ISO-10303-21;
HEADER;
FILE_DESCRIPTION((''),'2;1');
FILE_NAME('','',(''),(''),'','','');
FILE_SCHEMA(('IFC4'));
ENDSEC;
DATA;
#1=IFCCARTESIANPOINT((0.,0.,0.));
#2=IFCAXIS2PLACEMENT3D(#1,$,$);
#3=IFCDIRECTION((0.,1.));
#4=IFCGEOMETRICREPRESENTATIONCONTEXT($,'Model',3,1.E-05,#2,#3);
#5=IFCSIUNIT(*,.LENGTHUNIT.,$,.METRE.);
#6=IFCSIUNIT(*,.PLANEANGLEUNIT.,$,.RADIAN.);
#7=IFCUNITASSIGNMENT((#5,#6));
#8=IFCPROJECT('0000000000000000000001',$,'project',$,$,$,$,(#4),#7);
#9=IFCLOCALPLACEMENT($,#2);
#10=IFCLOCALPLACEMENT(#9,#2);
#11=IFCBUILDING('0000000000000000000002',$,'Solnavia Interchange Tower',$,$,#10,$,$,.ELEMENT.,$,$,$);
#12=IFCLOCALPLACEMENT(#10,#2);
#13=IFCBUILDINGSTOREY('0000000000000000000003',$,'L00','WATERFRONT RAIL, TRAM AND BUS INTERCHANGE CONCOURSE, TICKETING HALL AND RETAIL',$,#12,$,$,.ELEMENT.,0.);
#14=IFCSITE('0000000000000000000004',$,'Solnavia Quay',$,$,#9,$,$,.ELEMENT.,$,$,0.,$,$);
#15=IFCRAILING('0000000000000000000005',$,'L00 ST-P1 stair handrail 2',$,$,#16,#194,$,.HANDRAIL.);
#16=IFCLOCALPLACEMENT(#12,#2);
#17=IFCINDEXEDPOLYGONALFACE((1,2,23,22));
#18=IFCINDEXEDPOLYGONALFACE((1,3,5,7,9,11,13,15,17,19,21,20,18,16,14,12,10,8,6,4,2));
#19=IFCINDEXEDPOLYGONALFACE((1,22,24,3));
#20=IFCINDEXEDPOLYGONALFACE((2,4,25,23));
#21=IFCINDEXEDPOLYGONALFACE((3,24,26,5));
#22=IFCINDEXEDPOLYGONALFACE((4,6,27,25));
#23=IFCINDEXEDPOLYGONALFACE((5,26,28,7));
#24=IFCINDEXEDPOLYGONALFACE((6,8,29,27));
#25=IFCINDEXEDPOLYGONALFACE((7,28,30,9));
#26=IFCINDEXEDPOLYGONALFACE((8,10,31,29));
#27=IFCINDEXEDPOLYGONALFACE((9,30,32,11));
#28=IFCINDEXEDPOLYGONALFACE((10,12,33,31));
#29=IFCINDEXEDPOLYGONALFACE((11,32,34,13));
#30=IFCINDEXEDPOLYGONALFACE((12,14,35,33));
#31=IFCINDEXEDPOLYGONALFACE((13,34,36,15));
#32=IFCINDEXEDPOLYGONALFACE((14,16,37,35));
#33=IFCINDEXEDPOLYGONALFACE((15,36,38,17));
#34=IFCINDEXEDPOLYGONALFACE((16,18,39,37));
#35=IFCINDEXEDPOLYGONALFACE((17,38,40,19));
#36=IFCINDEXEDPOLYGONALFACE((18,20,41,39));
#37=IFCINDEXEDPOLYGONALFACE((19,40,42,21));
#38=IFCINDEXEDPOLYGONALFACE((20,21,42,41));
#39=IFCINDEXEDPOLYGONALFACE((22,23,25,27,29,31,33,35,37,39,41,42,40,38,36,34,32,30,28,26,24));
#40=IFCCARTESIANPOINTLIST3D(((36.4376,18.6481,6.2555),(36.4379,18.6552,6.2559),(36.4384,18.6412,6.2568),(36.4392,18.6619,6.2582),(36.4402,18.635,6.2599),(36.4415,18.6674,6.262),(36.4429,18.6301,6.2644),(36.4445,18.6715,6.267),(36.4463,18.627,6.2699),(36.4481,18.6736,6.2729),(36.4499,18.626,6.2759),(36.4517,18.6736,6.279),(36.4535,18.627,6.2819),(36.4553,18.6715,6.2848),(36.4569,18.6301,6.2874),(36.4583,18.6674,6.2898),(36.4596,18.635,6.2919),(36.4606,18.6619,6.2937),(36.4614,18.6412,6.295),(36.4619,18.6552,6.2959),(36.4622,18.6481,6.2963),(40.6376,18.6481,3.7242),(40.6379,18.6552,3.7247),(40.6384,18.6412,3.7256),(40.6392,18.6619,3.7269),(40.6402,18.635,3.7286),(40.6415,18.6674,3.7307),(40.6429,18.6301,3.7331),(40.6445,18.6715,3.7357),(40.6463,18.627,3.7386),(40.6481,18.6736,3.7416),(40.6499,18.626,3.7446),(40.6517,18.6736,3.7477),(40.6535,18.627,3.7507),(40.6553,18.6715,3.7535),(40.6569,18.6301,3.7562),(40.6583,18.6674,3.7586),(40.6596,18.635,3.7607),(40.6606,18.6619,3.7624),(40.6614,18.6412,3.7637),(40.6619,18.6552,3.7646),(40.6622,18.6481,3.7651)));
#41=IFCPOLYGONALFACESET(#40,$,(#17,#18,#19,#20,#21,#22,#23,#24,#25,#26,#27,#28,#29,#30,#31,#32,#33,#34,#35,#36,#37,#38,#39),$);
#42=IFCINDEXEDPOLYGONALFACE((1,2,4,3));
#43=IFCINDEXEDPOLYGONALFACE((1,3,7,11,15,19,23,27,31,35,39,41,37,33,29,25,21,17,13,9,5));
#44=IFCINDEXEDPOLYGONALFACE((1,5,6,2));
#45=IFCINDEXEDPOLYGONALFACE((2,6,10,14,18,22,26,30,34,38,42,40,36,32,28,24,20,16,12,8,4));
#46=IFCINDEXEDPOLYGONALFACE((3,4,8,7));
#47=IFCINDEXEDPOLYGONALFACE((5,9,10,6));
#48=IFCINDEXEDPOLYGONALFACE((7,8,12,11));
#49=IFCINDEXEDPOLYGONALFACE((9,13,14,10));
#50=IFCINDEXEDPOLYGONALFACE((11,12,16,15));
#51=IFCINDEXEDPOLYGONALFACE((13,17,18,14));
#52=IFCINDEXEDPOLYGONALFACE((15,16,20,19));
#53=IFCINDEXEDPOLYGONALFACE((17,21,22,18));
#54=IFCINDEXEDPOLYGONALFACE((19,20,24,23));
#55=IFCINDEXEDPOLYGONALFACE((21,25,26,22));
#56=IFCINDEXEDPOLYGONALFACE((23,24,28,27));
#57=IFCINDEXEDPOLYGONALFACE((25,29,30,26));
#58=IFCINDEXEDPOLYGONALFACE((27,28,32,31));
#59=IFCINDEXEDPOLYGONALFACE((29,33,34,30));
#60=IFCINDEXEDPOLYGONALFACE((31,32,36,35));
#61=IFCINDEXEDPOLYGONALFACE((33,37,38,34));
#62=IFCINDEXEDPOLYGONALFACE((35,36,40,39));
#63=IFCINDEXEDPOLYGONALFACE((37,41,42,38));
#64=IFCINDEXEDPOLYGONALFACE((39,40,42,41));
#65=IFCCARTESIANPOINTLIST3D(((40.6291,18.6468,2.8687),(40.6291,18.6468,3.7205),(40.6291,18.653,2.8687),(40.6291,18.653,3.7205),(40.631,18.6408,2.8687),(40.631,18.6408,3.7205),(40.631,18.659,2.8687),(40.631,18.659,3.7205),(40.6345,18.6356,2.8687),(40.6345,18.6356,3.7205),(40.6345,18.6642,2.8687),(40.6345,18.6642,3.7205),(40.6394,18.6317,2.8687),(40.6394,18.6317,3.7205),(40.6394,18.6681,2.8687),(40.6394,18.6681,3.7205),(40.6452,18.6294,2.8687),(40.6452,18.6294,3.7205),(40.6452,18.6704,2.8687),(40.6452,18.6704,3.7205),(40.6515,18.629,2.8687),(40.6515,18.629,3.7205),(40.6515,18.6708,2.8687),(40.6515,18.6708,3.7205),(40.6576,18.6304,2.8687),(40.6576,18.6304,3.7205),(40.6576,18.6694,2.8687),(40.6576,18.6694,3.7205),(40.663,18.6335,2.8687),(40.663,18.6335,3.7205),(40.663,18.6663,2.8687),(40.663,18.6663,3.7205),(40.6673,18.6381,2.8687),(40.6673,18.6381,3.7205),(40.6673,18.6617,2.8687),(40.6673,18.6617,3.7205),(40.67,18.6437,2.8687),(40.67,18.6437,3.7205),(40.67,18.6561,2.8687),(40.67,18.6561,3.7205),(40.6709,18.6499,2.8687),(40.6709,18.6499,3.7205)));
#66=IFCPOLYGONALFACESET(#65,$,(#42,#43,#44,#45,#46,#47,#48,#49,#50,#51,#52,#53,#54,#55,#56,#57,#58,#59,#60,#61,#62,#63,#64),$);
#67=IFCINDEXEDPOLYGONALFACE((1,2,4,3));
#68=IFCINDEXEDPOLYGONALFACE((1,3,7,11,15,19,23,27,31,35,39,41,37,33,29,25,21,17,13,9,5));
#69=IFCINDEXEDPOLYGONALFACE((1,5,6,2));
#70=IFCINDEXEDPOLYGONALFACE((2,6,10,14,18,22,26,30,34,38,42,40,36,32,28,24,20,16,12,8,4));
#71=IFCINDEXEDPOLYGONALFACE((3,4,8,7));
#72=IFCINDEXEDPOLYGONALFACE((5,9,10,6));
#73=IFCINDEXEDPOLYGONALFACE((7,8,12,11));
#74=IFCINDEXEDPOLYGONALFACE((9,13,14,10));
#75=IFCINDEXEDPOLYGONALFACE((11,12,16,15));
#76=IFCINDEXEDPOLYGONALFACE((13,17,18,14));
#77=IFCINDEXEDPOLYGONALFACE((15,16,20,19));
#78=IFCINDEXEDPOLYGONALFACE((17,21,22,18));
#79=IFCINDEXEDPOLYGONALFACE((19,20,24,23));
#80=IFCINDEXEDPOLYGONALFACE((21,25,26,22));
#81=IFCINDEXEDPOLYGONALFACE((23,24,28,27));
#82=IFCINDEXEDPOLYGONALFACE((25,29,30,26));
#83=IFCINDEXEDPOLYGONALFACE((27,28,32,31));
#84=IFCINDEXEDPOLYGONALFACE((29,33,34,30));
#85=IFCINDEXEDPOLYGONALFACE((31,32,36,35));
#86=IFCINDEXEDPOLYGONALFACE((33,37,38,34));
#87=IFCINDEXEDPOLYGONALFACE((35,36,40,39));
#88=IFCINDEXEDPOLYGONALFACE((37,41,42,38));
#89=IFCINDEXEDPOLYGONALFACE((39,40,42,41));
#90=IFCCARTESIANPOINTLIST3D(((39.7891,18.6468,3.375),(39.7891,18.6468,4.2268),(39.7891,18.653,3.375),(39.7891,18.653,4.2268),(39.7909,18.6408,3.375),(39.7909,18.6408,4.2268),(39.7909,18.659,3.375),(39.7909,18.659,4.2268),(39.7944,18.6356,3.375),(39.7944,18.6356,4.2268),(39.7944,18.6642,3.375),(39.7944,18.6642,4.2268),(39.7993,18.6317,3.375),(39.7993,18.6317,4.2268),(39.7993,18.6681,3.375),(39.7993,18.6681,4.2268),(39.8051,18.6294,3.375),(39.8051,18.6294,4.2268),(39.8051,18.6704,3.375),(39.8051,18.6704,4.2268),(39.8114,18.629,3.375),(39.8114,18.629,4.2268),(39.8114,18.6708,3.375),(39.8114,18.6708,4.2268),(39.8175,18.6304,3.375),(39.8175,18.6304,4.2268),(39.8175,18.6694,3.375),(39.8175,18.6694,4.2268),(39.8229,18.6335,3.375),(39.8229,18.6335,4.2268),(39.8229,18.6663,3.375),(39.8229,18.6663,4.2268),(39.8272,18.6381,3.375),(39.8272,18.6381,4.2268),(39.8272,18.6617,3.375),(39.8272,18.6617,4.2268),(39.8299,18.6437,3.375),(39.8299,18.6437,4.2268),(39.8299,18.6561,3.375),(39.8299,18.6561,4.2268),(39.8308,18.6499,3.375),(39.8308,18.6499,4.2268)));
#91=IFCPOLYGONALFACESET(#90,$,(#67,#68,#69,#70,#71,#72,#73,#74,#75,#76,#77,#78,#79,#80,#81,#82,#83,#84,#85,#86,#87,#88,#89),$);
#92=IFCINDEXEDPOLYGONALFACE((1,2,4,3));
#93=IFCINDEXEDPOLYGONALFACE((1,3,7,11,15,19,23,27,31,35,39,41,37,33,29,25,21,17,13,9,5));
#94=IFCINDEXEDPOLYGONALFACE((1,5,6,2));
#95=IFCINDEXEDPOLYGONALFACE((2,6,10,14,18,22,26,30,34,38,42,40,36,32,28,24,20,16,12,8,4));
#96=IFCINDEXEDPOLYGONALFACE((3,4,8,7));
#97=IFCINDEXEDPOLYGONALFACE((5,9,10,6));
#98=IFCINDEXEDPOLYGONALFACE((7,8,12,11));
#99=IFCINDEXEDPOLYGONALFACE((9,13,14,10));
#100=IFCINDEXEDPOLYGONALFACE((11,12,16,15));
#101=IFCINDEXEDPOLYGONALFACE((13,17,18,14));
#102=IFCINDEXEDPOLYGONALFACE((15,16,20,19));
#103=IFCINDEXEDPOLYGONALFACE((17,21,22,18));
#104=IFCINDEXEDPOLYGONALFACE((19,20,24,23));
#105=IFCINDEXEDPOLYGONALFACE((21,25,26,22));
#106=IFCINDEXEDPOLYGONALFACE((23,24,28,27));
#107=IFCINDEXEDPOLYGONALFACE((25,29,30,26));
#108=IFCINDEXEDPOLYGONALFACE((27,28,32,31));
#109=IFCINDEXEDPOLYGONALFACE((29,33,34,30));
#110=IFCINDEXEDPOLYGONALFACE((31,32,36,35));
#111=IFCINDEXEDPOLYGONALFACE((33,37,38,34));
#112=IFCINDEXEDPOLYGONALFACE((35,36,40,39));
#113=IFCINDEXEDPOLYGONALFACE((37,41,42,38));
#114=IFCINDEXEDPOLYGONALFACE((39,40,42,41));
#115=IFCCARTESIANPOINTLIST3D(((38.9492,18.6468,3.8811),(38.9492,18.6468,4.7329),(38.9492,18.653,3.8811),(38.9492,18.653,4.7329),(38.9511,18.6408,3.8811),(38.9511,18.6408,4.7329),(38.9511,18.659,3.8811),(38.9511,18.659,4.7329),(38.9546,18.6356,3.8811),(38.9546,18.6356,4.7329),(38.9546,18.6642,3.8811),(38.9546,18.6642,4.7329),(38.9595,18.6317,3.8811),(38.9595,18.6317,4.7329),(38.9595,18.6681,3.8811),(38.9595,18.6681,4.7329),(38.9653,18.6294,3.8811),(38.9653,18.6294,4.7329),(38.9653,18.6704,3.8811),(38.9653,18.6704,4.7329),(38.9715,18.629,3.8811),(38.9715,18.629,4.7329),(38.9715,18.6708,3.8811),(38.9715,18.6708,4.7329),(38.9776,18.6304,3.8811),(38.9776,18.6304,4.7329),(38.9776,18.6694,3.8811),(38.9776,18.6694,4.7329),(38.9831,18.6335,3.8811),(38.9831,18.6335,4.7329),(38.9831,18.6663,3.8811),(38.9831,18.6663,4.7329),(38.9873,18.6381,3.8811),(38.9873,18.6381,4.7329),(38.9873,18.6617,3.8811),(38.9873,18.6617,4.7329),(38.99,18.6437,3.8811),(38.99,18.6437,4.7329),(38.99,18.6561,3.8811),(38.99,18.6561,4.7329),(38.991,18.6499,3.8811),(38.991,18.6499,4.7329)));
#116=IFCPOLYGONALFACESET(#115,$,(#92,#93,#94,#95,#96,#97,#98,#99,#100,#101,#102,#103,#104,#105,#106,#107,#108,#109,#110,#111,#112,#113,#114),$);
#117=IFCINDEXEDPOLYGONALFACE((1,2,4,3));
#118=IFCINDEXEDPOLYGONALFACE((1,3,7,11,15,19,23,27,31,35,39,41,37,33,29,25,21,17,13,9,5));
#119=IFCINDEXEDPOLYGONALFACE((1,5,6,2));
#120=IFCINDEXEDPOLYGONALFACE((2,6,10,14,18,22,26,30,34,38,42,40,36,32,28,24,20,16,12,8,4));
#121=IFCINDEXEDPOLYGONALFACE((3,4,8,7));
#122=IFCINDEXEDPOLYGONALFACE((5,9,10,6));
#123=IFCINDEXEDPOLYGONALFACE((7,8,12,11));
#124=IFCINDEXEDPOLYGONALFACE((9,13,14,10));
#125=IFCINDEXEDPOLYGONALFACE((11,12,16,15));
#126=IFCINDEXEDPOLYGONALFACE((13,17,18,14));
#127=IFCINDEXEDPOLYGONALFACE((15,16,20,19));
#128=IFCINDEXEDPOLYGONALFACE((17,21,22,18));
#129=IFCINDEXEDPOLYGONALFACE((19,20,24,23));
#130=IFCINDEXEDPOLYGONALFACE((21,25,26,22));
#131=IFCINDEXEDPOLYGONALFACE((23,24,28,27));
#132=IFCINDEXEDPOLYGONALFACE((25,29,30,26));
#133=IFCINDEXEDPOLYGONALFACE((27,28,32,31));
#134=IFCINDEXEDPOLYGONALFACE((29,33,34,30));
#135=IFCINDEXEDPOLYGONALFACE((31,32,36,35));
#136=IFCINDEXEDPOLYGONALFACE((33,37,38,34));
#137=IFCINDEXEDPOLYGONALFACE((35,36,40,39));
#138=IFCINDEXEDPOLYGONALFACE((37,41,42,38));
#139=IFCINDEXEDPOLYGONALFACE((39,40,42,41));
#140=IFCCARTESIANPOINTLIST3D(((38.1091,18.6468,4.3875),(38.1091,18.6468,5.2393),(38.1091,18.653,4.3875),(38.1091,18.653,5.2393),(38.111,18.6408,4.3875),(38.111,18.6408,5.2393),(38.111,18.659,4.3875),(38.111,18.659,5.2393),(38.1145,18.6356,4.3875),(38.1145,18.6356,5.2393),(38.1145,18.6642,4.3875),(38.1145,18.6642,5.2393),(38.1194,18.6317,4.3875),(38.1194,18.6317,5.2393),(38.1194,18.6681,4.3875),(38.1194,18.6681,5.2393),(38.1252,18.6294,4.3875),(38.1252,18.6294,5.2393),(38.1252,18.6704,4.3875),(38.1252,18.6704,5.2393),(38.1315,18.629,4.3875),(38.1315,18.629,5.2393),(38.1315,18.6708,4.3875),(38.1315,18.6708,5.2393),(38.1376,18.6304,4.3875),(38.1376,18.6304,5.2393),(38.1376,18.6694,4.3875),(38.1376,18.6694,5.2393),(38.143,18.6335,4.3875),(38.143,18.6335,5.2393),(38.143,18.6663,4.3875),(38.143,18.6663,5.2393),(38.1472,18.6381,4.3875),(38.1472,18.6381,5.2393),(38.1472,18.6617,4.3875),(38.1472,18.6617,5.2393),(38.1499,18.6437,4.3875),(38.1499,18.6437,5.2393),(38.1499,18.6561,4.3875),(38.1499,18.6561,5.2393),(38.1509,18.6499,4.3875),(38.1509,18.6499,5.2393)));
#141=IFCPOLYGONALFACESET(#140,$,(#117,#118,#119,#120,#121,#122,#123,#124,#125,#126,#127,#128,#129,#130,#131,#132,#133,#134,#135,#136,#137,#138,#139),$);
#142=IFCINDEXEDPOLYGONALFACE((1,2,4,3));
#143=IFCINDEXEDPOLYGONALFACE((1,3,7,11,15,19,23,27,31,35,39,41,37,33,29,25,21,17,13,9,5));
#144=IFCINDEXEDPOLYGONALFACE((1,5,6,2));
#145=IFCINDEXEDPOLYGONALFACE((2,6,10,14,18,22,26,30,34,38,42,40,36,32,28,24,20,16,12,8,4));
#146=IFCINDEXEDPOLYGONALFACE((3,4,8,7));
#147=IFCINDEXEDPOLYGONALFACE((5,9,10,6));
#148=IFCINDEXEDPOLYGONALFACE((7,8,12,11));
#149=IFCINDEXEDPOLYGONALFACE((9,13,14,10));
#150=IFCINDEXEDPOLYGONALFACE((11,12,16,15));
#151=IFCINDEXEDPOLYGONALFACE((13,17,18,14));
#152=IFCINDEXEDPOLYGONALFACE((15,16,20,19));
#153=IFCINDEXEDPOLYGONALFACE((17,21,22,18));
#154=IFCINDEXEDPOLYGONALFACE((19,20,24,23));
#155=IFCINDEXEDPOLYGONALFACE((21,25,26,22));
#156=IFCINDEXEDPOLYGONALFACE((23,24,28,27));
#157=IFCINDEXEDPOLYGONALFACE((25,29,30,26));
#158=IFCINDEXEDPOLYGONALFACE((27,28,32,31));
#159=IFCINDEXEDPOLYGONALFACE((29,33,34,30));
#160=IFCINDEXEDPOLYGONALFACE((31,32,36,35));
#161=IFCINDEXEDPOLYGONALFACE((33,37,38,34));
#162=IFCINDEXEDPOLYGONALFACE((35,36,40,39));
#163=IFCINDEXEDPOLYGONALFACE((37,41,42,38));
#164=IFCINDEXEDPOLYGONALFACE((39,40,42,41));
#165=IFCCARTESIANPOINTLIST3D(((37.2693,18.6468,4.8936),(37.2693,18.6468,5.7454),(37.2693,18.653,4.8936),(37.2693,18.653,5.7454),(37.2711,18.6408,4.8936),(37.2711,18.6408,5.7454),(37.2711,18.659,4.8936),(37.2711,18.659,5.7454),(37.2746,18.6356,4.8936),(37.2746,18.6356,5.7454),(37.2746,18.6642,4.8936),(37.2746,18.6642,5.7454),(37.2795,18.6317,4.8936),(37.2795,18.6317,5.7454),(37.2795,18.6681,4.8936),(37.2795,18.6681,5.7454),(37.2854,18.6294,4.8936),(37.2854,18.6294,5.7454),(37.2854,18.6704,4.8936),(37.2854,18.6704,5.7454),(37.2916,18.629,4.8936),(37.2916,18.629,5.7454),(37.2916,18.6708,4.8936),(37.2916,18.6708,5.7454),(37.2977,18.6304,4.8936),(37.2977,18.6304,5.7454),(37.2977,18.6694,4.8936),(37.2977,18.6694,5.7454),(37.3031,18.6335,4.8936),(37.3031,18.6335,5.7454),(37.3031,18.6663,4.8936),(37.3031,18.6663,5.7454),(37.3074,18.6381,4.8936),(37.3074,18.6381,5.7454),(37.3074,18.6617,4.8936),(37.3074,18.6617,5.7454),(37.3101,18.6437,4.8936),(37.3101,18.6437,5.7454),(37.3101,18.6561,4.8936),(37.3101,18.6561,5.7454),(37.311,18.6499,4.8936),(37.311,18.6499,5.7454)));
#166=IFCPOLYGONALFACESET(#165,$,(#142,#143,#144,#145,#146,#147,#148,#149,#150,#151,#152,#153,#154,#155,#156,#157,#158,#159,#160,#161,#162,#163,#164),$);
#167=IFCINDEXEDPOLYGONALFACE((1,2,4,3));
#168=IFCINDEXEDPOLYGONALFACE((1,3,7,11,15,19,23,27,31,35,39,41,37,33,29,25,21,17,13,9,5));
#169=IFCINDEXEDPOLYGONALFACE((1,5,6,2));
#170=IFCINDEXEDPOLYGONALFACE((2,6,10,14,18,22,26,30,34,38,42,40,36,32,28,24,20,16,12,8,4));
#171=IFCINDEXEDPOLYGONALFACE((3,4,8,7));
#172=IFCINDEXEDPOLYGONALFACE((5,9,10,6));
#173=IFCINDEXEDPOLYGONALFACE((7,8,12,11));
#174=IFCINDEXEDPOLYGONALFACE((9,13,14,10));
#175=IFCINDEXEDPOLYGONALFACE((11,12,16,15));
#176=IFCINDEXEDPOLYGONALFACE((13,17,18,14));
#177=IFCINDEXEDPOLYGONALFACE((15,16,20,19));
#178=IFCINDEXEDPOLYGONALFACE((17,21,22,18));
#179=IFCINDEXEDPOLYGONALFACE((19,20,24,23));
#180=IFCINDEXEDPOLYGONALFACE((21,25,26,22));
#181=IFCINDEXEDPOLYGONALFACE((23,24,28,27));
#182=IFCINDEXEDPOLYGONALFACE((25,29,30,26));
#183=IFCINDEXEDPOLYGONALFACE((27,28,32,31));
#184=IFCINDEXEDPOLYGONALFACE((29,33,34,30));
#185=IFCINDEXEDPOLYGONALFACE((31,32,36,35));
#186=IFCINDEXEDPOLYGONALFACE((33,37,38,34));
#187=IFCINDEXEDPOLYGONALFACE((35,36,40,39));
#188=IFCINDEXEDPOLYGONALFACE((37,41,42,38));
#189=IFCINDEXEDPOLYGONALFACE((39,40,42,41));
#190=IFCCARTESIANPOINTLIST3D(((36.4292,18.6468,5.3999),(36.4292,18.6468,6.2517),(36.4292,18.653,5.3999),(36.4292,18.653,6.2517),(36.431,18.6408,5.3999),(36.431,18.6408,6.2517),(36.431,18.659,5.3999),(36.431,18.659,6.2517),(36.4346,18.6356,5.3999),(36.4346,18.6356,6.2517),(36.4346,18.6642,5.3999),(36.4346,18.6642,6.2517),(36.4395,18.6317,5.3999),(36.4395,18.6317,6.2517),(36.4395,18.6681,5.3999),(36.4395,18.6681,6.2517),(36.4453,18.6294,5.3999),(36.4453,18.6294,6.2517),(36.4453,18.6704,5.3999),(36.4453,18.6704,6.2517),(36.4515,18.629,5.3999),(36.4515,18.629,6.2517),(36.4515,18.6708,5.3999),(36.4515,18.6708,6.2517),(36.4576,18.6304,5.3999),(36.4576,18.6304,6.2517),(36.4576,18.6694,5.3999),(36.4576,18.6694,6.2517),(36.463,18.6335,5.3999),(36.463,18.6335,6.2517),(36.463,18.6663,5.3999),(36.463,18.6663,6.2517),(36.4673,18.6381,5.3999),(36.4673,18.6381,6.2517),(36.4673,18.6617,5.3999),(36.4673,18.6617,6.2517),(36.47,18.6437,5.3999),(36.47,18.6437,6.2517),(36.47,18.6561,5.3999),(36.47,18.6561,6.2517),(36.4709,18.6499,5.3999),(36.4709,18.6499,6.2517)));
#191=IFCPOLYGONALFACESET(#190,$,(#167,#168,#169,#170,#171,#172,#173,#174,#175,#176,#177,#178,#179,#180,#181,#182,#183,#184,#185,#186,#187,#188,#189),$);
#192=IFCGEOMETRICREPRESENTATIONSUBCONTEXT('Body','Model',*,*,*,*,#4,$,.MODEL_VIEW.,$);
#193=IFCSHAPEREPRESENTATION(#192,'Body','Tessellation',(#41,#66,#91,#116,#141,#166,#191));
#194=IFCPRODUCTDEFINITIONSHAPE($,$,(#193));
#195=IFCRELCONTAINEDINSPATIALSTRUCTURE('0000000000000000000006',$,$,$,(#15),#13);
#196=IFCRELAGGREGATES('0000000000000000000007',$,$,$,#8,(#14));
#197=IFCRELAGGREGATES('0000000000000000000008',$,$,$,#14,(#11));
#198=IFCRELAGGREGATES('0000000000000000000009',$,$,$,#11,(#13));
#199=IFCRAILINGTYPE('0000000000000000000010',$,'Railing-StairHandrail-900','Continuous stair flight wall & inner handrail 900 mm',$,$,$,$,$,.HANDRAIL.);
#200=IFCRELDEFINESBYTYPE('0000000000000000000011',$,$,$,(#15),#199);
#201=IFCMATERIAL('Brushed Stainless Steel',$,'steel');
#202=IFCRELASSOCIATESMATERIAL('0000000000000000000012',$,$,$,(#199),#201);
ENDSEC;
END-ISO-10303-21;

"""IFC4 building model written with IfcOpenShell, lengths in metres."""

from ifc_helpers import new_model, si_unit, direction, frame, origin, origin_2d, place, context, subcontext, project, spatial, circle, extrude, material, type_object, element, save


model = new_model("IFC4")

# Units and contexts
model_context = context("Model", 3, precision=1e-05, world=origin(), true_north=direction((0.0, 1.0)))
body_context = subcontext(model_context, "Body", "Model", "MODEL_VIEW")
ifc_project = project(units=[si_unit("LENGTHUNIT", "METRE"), si_unit("PLANEANGLEUNIT", "RADIAN")], contexts=[model_context])

# Site, building, storey
site_placement = place(None, origin())
site = spatial("IfcSite", under=ifc_project, at=site_placement, Name="Solnavia Quay", CompositionType="ELEMENT", RefElevation=0.0)
building_placement = place(site_placement, origin())
building = spatial("IfcBuilding", under=site, at=building_placement, Name="Solnavia Interchange Tower", CompositionType="ELEMENT")
storey_placement = place(building_placement, origin())
storey = spatial("IfcBuildingStorey", under=building, at=storey_placement, Name="L00", Description="WATERFRONT RAIL, TRAM AND BUS INTERCHANGE CONCOURSE, TICKETING HALL AND RETAIL", CompositionType="ELEMENT", Elevation=0.0)

# Railing
ifc_material_1 = material(Name="Brushed Stainless Steel", Category="steel")
railing_type_1 = type_object("IfcRailingType", Name="Railing-StairHandrail-900", Description="Continuous stair flight wall & inner handrail 900 mm", PredefinedType="HANDRAIL", material=ifc_material_1)
railing_1_placement = place(storey_placement, frame((40.6499, 18.6499, 2.8687)))
element("IfcRailing", 1, at=railing_1_placement, inside=storey, type_object=railing_type_1, Name="L00 ST-P1 stair handrail 2", PredefinedType="HANDRAIL", context=body_context, shape_type="SweptSolid", body=[
    extrude(circle(Radius=0.0239, at=origin_2d()), frame((0.0, 0.0, 0.876), z_axis=(-0.856476, 0.0, 0.516186), x_axis=(0.0, -1.0, 0.0)), (0.0, 0.0, 1.0), 4.9038),
    extrude(circle(Radius=0.021, at=origin_2d()), origin(), (0.0, 0.0, 1.0), 0.8518),
    extrude(circle(Radius=0.021, at=origin_2d()), frame((-0.8401, 0.0, 0.5063)), (0.0, 0.0, 1.0), 0.8518),
    extrude(circle(Radius=0.021, at=origin_2d()), frame((-1.6799, 0.0, 1.0125)), (0.0, 0.0, 1.0), 0.8518),
    extrude(circle(Radius=0.021, at=origin_2d()), frame((-2.52, 0.0, 1.5188)), (0.0, 0.0, 1.0), 0.8518),
    extrude(circle(Radius=0.021, at=origin_2d()), frame((-3.3599, 0.0, 2.0249)), (0.0, 0.0, 1.0), 0.8518),
    extrude(circle(Radius=0.021, at=origin_2d()), frame((-4.2, 0.0, 2.5312)), (0.0, 0.0, 1.0), 0.8518),
])

save(model, "model.ifc")
